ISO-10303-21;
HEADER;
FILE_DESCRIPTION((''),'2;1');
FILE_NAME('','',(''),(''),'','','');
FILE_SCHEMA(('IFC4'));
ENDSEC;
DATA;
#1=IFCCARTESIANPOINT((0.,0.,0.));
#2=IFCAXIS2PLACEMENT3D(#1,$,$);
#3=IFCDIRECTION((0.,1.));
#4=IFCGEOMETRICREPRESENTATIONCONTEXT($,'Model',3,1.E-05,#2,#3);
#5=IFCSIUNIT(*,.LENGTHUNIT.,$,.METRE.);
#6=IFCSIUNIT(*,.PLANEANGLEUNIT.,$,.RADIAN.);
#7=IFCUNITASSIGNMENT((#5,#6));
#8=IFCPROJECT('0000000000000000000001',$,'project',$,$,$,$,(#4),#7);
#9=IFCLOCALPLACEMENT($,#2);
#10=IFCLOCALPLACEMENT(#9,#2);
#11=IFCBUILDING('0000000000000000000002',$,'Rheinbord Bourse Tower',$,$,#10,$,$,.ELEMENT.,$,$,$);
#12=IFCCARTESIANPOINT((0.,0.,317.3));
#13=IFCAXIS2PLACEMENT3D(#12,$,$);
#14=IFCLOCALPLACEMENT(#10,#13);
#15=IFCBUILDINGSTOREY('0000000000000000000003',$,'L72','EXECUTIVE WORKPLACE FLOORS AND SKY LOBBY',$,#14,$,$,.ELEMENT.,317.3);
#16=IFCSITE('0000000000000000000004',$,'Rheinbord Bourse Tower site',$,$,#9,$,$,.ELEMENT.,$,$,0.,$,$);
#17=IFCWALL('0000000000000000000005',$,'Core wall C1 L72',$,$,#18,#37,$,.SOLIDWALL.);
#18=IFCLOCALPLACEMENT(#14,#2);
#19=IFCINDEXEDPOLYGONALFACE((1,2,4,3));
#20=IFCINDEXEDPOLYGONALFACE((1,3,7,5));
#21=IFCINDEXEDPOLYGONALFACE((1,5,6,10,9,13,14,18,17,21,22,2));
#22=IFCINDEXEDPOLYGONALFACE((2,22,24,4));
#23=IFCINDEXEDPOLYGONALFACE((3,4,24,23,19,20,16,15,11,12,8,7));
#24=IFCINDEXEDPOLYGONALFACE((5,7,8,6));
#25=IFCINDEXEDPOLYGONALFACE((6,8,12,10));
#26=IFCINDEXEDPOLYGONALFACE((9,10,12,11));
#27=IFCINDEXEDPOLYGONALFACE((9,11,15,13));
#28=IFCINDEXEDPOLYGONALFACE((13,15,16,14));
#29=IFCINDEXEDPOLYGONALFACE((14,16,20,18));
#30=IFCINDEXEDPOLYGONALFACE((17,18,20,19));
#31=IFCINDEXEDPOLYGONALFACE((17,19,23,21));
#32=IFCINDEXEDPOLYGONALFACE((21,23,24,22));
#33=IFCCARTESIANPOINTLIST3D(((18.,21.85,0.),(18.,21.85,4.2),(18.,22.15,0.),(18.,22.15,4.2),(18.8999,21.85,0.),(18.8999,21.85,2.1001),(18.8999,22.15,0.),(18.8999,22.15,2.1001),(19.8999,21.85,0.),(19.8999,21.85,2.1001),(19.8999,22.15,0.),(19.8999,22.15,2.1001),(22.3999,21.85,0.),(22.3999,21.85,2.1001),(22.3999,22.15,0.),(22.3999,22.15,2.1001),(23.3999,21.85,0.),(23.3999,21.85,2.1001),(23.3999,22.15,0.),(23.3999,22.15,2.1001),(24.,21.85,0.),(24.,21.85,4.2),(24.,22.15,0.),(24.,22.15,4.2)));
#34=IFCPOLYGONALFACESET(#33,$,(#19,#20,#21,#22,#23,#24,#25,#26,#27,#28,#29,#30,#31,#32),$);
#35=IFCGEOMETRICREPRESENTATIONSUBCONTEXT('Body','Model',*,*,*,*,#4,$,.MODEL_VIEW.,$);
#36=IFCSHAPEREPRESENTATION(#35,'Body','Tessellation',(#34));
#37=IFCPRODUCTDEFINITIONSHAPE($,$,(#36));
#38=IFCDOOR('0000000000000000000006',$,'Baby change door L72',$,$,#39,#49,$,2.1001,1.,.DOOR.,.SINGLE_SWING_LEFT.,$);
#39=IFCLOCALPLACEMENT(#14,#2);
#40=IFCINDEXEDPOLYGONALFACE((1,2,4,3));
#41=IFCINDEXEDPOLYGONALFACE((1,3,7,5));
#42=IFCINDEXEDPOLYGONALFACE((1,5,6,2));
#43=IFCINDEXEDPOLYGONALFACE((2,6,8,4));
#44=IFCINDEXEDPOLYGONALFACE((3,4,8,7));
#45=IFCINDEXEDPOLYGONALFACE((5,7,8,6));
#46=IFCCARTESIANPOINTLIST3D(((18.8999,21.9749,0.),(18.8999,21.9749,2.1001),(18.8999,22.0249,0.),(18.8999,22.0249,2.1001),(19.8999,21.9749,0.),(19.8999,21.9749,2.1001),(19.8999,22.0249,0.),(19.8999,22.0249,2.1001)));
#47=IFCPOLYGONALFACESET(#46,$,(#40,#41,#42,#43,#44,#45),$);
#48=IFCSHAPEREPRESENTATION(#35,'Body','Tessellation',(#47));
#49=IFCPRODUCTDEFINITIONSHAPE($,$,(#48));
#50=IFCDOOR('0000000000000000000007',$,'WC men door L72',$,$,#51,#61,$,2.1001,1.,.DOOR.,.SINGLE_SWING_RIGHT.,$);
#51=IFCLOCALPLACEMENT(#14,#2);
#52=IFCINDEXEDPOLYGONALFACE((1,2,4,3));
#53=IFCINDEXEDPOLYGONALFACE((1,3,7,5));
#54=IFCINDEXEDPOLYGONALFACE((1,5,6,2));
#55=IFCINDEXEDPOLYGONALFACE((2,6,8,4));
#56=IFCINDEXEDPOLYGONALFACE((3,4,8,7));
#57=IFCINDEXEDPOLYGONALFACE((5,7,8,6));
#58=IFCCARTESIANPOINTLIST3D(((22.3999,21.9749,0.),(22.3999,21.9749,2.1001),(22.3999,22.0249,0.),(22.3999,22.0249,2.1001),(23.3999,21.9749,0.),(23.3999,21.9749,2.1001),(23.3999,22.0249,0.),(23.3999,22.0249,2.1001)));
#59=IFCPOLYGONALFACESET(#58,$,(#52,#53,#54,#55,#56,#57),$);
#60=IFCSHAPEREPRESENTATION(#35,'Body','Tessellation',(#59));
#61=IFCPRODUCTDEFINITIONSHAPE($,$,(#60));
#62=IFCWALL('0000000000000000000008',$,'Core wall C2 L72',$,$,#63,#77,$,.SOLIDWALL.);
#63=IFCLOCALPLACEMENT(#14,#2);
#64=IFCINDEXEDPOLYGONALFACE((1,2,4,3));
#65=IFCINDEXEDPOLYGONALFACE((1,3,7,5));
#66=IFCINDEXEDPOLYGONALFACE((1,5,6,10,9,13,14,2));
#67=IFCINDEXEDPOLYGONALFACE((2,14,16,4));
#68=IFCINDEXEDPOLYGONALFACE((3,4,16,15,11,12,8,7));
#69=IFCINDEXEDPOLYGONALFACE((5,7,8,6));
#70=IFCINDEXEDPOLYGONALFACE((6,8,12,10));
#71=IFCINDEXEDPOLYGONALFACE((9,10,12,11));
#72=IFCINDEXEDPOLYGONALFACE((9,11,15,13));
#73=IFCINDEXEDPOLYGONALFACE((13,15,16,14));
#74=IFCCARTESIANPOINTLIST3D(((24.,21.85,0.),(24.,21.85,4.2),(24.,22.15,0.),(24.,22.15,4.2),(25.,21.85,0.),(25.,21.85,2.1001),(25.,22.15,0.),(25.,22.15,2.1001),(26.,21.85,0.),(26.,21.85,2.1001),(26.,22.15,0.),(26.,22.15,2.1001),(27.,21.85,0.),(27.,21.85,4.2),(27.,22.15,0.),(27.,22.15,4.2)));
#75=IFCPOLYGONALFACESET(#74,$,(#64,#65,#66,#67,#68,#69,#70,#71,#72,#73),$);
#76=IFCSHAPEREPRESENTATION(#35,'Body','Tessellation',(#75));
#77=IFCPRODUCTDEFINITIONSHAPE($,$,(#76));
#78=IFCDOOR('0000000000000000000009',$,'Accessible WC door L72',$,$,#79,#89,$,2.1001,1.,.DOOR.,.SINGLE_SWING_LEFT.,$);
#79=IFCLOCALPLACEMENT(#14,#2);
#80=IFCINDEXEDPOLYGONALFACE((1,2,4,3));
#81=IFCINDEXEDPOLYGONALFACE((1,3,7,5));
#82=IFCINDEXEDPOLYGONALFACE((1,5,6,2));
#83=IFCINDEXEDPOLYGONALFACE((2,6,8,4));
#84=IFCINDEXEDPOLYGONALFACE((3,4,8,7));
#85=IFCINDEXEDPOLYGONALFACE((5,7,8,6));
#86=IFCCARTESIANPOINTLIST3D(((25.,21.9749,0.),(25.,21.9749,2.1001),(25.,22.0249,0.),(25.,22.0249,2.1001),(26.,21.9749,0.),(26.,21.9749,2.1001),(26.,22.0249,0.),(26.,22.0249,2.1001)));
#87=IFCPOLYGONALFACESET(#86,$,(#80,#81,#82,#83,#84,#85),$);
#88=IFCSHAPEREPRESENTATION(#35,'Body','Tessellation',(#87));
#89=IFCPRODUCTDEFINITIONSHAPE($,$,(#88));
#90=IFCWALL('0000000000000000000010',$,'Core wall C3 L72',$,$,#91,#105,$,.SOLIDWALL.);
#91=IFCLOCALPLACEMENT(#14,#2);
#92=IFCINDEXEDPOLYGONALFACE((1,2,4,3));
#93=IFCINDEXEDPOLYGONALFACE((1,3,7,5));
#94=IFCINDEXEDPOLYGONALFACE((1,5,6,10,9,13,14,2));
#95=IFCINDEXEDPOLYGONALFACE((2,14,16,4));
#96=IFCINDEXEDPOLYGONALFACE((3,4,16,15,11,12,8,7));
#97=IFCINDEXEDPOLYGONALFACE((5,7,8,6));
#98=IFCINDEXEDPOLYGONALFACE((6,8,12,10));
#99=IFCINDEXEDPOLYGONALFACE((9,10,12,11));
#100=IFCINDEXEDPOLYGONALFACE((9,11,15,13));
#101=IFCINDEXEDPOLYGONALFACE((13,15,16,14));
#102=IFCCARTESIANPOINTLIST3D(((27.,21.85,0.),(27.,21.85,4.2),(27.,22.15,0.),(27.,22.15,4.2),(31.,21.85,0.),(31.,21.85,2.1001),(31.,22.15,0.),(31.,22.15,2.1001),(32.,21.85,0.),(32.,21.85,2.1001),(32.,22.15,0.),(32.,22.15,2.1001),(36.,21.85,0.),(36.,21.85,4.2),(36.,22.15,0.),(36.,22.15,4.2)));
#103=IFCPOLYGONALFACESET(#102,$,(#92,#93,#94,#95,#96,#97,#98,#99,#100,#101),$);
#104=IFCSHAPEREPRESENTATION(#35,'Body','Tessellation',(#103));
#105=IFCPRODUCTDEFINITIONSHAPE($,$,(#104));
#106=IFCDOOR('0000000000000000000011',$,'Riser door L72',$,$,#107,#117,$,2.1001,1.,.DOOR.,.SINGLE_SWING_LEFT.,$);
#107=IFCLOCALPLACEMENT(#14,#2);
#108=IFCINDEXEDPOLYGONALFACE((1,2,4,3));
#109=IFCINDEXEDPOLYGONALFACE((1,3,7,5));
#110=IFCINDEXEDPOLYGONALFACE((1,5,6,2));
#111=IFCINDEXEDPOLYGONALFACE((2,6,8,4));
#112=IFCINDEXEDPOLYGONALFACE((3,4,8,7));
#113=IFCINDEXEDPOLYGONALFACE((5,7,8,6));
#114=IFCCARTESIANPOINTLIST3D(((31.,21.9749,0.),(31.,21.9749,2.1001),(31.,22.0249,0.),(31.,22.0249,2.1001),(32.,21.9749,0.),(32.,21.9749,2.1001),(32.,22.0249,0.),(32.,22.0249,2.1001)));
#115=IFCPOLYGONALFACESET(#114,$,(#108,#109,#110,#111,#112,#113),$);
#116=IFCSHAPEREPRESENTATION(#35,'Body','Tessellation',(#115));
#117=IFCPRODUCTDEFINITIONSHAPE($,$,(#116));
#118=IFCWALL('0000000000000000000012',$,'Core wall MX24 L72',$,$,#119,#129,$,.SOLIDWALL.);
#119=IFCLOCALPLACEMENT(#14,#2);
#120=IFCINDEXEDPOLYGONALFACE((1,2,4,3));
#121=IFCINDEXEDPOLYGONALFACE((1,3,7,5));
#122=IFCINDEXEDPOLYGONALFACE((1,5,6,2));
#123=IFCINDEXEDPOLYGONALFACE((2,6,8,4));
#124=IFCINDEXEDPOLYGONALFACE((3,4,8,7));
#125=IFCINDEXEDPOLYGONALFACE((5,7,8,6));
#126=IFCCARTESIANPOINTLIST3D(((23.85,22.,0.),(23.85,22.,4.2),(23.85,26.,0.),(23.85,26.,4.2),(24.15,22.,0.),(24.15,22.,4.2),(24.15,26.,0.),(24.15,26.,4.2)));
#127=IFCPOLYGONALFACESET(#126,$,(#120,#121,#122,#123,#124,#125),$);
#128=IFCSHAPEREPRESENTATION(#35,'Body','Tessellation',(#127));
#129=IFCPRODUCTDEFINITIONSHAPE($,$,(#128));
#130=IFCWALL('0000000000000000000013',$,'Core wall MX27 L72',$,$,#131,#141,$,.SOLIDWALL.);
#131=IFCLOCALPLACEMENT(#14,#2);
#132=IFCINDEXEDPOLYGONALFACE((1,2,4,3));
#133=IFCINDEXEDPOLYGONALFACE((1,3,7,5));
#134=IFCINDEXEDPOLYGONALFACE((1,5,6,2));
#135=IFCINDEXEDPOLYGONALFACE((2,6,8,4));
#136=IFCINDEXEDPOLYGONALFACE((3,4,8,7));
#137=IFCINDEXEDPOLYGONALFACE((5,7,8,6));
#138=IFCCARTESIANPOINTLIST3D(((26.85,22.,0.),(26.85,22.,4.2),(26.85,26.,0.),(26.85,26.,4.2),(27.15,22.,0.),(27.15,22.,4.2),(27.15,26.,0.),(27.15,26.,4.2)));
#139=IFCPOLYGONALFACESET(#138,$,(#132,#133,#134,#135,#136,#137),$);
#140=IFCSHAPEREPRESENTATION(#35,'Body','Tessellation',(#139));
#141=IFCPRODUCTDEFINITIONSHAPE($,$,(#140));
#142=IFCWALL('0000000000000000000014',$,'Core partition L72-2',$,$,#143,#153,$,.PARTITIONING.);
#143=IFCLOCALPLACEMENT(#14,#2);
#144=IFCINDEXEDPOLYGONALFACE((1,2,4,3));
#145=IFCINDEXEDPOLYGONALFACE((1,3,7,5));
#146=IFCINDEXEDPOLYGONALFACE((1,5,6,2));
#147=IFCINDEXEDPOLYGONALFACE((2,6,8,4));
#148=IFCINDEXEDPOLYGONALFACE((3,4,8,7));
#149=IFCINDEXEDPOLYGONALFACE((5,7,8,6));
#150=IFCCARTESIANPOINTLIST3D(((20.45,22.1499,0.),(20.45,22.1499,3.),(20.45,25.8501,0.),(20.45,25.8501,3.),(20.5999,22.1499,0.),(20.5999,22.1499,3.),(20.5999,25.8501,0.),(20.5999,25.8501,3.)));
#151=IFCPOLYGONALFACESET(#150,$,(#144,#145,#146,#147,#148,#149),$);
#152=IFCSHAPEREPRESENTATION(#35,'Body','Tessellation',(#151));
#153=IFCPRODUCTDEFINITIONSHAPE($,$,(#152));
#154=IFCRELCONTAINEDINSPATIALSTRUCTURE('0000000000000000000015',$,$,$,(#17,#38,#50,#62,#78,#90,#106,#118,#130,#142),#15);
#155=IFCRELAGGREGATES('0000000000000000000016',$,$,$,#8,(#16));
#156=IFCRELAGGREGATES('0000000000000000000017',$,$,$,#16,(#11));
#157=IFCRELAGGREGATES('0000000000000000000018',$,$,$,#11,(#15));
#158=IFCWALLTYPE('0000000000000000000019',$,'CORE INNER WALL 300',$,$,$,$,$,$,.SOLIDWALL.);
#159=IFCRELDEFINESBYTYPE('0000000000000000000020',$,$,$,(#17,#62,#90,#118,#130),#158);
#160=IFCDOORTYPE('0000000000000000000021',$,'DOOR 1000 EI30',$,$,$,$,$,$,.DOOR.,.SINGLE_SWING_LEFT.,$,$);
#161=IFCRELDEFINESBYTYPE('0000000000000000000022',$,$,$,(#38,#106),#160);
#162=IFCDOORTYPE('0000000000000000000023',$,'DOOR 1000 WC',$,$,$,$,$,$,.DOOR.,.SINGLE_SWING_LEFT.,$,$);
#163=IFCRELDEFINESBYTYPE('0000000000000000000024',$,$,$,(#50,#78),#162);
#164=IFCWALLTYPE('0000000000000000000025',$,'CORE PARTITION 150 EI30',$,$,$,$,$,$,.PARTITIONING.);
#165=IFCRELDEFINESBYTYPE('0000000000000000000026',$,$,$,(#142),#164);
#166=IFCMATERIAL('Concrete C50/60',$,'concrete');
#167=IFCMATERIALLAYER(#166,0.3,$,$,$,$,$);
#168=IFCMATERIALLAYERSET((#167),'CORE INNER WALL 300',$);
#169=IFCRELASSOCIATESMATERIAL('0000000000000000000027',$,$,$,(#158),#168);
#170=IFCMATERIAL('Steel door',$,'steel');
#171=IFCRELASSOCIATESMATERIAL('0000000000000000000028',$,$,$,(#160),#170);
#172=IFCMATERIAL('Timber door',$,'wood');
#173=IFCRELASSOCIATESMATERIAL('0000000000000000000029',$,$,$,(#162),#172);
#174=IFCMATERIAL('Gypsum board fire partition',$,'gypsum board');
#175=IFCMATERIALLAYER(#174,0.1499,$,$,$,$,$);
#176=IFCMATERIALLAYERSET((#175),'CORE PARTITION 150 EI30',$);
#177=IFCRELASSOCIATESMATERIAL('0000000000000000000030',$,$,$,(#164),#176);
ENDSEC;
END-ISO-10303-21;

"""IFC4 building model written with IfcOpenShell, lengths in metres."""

from ifc_helpers import new_model, si_unit, direction, frame, frame_2d, origin, place, context, subcontext, project, spatial, rectangle, extrude, material, layer, layer_set, type_object, element, fill, save


model = new_model("IFC4")

# Units and contexts
model_context = context("Model", 3, precision=1e-05, world=origin(), true_north=direction((0.0, 1.0)))
body_context = subcontext(model_context, "Body", "Model", "MODEL_VIEW")
ifc_project = project(units=[si_unit("LENGTHUNIT", "METRE"), si_unit("PLANEANGLEUNIT", "RADIAN")], contexts=[model_context])

# Site, building, storey
site_placement = place(None, origin())
site = spatial("IfcSite", under=ifc_project, at=site_placement, Name="Rheinbord Bourse Tower site", CompositionType="ELEMENT", RefElevation=0.0)
building_placement = place(site_placement, origin())
building = spatial("IfcBuilding", under=site, at=building_placement, Name="Rheinbord Bourse Tower", CompositionType="ELEMENT")
storey_placement = place(building_placement, frame((0.0, 0.0, 317.3)))
storey = spatial("IfcBuildingStorey", under=building, at=storey_placement, Name="L72", Description="EXECUTIVE WORKPLACE FLOORS AND SKY LOBBY", CompositionType="ELEMENT", Elevation=317.3)

# Shared definitions
ifc_material_1 = material(Name="Concrete C50/60", Category="concrete")
ifc_layer_1 = layer(ifc_material_1, 0.3)
ifc_layer_set_1 = layer_set([ifc_layer_1], Name="CORE INNER WALL 300")
wall_type_1 = type_object("IfcWallType", Name="CORE INNER WALL 300", PredefinedType="SOLIDWALL", material=ifc_layer_set_1)
ifc_material_2 = material(Name="Steel door", Category="steel")
door_type_1 = type_object("IfcDoorType", Name="DOOR 1000 EI30", OperationType="SINGLE_SWING_LEFT", PredefinedType="DOOR", material=ifc_material_2)

# Wall, openings, doors
wall_1_placement = place(storey_placement, frame((18.0, 22.0, 0.0), z_axis=(0.0, 0.0, 1.0), x_axis=(1.0, 0.0, 0.0)))
wall_1 = element("IfcWall", 1, at=wall_1_placement, inside=storey, type_object=wall_type_1, Name="Core wall C1 L72", PredefinedType="SOLIDWALL", context=body_context, shape_type="SweptSolid", body=[
    extrude(rectangle(XDim=6.0, YDim=0.3, at=frame_2d((3.0, 0.0))), origin(), (0.0, 0.0, 1.0), 4.2),
])
opening_1_placement = place(wall_1_placement, frame((4.3999, 0.0, 0.0)))
opening_1 = element("IfcOpeningElement", 2, at=opening_1_placement, cuts=wall_1, PredefinedType="OPENING", context=body_context, shape_type="SweptSolid", body=[
    extrude(rectangle(XDim=1.0, YDim=2.1001, at=frame_2d((0.5, 1.05))), frame((0.0, 0.1599, 0.0), z_axis=(0.0, -1.0, 0.0), x_axis=(1.0, 0.0, 0.0)), (0.0, 0.0, 1.0), 0.3201),
])
opening_2_placement = place(wall_1_placement, frame((0.8999, 0.0, 0.0)))
opening_2 = element("IfcOpeningElement", 3, at=opening_2_placement, cuts=wall_1, PredefinedType="OPENING", context=body_context, shape_type="SweptSolid", body=[
    extrude(rectangle(XDim=1.0, YDim=2.1001, at=frame_2d((0.5, 1.05))), frame((0.0, 0.1599, 0.0), z_axis=(0.0, -1.0, 0.0), x_axis=(1.0, 0.0, 0.0)), (0.0, 0.0, 1.0), 0.3201),
])
door_1_placement = place(opening_2_placement, origin())
door_1 = element("IfcDoor", 4, at=door_1_placement, inside=storey, type_object=door_type_1, Name="Baby change door L72", OperationType="SINGLE_SWING_LEFT", OverallHeight=2.1001, OverallWidth=1.0, PredefinedType="DOOR", context=body_context, shape_type="SweptSolid", body=[
    extrude(rectangle(XDim=1.0, YDim=2.1001, at=frame_2d((0.5, 1.05))), frame((0.0, 0.0249, 0.0), z_axis=(0.0, -1.0, 0.0), x_axis=(1.0, 0.0, 0.0)), (0.0, 0.0, 1.0), 0.05),
])
fill(opening_2, door_1)
ifc_material_3 = material(Name="Timber door", Category="wood")
door_type_2 = type_object("IfcDoorType", Name="DOOR 1000 WC", OperationType="SINGLE_SWING_LEFT", PredefinedType="DOOR", material=ifc_material_3)
door_2_placement = place(opening_1_placement, origin())
door_2 = element("IfcDoor", 5, at=door_2_placement, inside=storey, type_object=door_type_2, Name="WC men door L72", OperationType="SINGLE_SWING_RIGHT", OverallHeight=2.1001, OverallWidth=1.0, PredefinedType="DOOR", context=body_context, shape_type="SweptSolid", body=[
    extrude(rectangle(XDim=1.0, YDim=2.1001, at=frame_2d((0.5, 1.05))), frame((0.0, 0.0249, 0.0), z_axis=(0.0, -1.0, 0.0), x_axis=(1.0, 0.0, 0.0)), (0.0, 0.0, 1.0), 0.05),
])
fill(opening_1, door_2)

# Walls, openings, doors
wall_2_placement = place(storey_placement, frame((24.0, 22.0, 0.0), z_axis=(0.0, 0.0, 1.0), x_axis=(1.0, 0.0, 0.0)))
wall_2 = element("IfcWall", 6, at=wall_2_placement, inside=storey, type_object=wall_type_1, Name="Core wall C2 L72", PredefinedType="SOLIDWALL", context=body_context, shape_type="SweptSolid", body=[
    extrude(rectangle(XDim=3.0, YDim=0.3, at=frame_2d((1.5, 0.0))), origin(), (0.0, 0.0, 1.0), 4.2),
])
opening_3_placement = place(wall_2_placement, frame((1.0, 0.0, 0.0)))
opening_3 = element("IfcOpeningElement", 7, at=opening_3_placement, cuts=wall_2, PredefinedType="OPENING", context=body_context, shape_type="SweptSolid", body=[
    extrude(rectangle(XDim=1.0, YDim=2.1001, at=frame_2d((0.5, 1.05))), frame((0.0, 0.1599, 0.0), z_axis=(0.0, -1.0, 0.0), x_axis=(1.0, 0.0, 0.0)), (0.0, 0.0, 1.0), 0.3201),
])
door_3_placement = place(opening_3_placement, origin())
door_3 = element("IfcDoor", 8, at=door_3_placement, inside=storey, type_object=door_type_2, Name="Accessible WC door L72", OperationType="SINGLE_SWING_LEFT", OverallHeight=2.1001, OverallWidth=1.0, PredefinedType="DOOR", context=body_context, shape_type="SweptSolid", body=[
    extrude(rectangle(XDim=1.0, YDim=2.1001, at=frame_2d((0.5, 1.05))), frame((0.0, 0.0249, 0.0), z_axis=(0.0, -1.0, 0.0), x_axis=(1.0, 0.0, 0.0)), (0.0, 0.0, 1.0), 0.05),
])
fill(opening_3, door_3)
wall_3_placement = place(storey_placement, frame((27.0, 22.0, 0.0), z_axis=(0.0, 0.0, 1.0), x_axis=(1.0, 0.0, 0.0)))
wall_3 = element("IfcWall", 9, at=wall_3_placement, inside=storey, type_object=wall_type_1, Name="Core wall C3 L72", PredefinedType="SOLIDWALL", context=body_context, shape_type="SweptSolid", body=[
    extrude(rectangle(XDim=9.0, YDim=0.3, at=frame_2d((4.5, 0.0))), origin(), (0.0, 0.0, 1.0), 4.2),
])
opening_4_placement = place(wall_3_placement, frame((4.0, 0.0, 0.0)))
opening_4 = element("IfcOpeningElement", 10, at=opening_4_placement, cuts=wall_3, PredefinedType="OPENING", context=body_context, shape_type="SweptSolid", body=[
    extrude(rectangle(XDim=1.0, YDim=2.1001, at=frame_2d((0.5, 1.05))), frame((0.0, 0.1599, 0.0), z_axis=(0.0, -1.0, 0.0), x_axis=(1.0, 0.0, 0.0)), (0.0, 0.0, 1.0), 0.3201),
])
door_4_placement = place(opening_4_placement, origin())
door_4 = element("IfcDoor", 11, at=door_4_placement, inside=storey, type_object=door_type_1, Name="Riser door L72", OperationType="SINGLE_SWING_LEFT", OverallHeight=2.1001, OverallWidth=1.0, PredefinedType="DOOR", context=body_context, shape_type="SweptSolid", body=[
    extrude(rectangle(XDim=1.0, YDim=2.1001, at=frame_2d((0.5, 1.05))), frame((0.0, 0.0249, 0.0), z_axis=(0.0, -1.0, 0.0), x_axis=(1.0, 0.0, 0.0)), (0.0, 0.0, 1.0), 0.05),
])
fill(opening_4, door_4)

# Walls
for number, where, z_axis, x_axis, name in (
    (12, (24.0, 22.0, 0.0), (0.0, 0.0, 1.0), (0.0, 1.0, 0.0), "Core wall MX24 L72"),
    (13, (27.0, 22.0, 0.0), (0.0, 0.0, 1.0), (0.0, 1.0, 0.0), "Core wall MX27 L72"),
):
    element("IfcWall", number, at=place(storey_placement, frame(where, z_axis=z_axis, x_axis=x_axis)), inside=storey, type_object=wall_type_1, Name=name, PredefinedType="SOLIDWALL", context=body_context, shape_type="SweptSolid", body=[
        extrude(rectangle(XDim=4.0, YDim=0.3, at=frame_2d((2.0, 0.0))), origin(), (0.0, 0.0, 1.0), 4.2),
    ])
ifc_material_4 = material(Name="Gypsum board fire partition", Category="gypsum board")
ifc_layer_2 = layer(ifc_material_4, 0.1499)
ifc_layer_set_2 = layer_set([ifc_layer_2], Name="CORE PARTITION 150 EI30")
wall_type_2 = type_object("IfcWallType", Name="CORE PARTITION 150 EI30", PredefinedType="PARTITIONING", material=ifc_layer_set_2)
wall_4_placement = place(storey_placement, frame((20.5249, 22.1499, 0.0), z_axis=(0.0, 0.0, 1.0), x_axis=(0.0, 1.0, 0.0)))
element("IfcWall", 14, at=wall_4_placement, inside=storey, type_object=wall_type_2, Name="Core partition L72-2", PredefinedType="PARTITIONING", context=body_context, shape_type="SweptSolid", body=[
    extrude(rectangle(XDim=3.7002, YDim=0.1499, at=frame_2d((1.8501, 0.0))), origin(), (0.0, 0.0, 1.0), 3.0),
])

save(model, "model.ifc")
